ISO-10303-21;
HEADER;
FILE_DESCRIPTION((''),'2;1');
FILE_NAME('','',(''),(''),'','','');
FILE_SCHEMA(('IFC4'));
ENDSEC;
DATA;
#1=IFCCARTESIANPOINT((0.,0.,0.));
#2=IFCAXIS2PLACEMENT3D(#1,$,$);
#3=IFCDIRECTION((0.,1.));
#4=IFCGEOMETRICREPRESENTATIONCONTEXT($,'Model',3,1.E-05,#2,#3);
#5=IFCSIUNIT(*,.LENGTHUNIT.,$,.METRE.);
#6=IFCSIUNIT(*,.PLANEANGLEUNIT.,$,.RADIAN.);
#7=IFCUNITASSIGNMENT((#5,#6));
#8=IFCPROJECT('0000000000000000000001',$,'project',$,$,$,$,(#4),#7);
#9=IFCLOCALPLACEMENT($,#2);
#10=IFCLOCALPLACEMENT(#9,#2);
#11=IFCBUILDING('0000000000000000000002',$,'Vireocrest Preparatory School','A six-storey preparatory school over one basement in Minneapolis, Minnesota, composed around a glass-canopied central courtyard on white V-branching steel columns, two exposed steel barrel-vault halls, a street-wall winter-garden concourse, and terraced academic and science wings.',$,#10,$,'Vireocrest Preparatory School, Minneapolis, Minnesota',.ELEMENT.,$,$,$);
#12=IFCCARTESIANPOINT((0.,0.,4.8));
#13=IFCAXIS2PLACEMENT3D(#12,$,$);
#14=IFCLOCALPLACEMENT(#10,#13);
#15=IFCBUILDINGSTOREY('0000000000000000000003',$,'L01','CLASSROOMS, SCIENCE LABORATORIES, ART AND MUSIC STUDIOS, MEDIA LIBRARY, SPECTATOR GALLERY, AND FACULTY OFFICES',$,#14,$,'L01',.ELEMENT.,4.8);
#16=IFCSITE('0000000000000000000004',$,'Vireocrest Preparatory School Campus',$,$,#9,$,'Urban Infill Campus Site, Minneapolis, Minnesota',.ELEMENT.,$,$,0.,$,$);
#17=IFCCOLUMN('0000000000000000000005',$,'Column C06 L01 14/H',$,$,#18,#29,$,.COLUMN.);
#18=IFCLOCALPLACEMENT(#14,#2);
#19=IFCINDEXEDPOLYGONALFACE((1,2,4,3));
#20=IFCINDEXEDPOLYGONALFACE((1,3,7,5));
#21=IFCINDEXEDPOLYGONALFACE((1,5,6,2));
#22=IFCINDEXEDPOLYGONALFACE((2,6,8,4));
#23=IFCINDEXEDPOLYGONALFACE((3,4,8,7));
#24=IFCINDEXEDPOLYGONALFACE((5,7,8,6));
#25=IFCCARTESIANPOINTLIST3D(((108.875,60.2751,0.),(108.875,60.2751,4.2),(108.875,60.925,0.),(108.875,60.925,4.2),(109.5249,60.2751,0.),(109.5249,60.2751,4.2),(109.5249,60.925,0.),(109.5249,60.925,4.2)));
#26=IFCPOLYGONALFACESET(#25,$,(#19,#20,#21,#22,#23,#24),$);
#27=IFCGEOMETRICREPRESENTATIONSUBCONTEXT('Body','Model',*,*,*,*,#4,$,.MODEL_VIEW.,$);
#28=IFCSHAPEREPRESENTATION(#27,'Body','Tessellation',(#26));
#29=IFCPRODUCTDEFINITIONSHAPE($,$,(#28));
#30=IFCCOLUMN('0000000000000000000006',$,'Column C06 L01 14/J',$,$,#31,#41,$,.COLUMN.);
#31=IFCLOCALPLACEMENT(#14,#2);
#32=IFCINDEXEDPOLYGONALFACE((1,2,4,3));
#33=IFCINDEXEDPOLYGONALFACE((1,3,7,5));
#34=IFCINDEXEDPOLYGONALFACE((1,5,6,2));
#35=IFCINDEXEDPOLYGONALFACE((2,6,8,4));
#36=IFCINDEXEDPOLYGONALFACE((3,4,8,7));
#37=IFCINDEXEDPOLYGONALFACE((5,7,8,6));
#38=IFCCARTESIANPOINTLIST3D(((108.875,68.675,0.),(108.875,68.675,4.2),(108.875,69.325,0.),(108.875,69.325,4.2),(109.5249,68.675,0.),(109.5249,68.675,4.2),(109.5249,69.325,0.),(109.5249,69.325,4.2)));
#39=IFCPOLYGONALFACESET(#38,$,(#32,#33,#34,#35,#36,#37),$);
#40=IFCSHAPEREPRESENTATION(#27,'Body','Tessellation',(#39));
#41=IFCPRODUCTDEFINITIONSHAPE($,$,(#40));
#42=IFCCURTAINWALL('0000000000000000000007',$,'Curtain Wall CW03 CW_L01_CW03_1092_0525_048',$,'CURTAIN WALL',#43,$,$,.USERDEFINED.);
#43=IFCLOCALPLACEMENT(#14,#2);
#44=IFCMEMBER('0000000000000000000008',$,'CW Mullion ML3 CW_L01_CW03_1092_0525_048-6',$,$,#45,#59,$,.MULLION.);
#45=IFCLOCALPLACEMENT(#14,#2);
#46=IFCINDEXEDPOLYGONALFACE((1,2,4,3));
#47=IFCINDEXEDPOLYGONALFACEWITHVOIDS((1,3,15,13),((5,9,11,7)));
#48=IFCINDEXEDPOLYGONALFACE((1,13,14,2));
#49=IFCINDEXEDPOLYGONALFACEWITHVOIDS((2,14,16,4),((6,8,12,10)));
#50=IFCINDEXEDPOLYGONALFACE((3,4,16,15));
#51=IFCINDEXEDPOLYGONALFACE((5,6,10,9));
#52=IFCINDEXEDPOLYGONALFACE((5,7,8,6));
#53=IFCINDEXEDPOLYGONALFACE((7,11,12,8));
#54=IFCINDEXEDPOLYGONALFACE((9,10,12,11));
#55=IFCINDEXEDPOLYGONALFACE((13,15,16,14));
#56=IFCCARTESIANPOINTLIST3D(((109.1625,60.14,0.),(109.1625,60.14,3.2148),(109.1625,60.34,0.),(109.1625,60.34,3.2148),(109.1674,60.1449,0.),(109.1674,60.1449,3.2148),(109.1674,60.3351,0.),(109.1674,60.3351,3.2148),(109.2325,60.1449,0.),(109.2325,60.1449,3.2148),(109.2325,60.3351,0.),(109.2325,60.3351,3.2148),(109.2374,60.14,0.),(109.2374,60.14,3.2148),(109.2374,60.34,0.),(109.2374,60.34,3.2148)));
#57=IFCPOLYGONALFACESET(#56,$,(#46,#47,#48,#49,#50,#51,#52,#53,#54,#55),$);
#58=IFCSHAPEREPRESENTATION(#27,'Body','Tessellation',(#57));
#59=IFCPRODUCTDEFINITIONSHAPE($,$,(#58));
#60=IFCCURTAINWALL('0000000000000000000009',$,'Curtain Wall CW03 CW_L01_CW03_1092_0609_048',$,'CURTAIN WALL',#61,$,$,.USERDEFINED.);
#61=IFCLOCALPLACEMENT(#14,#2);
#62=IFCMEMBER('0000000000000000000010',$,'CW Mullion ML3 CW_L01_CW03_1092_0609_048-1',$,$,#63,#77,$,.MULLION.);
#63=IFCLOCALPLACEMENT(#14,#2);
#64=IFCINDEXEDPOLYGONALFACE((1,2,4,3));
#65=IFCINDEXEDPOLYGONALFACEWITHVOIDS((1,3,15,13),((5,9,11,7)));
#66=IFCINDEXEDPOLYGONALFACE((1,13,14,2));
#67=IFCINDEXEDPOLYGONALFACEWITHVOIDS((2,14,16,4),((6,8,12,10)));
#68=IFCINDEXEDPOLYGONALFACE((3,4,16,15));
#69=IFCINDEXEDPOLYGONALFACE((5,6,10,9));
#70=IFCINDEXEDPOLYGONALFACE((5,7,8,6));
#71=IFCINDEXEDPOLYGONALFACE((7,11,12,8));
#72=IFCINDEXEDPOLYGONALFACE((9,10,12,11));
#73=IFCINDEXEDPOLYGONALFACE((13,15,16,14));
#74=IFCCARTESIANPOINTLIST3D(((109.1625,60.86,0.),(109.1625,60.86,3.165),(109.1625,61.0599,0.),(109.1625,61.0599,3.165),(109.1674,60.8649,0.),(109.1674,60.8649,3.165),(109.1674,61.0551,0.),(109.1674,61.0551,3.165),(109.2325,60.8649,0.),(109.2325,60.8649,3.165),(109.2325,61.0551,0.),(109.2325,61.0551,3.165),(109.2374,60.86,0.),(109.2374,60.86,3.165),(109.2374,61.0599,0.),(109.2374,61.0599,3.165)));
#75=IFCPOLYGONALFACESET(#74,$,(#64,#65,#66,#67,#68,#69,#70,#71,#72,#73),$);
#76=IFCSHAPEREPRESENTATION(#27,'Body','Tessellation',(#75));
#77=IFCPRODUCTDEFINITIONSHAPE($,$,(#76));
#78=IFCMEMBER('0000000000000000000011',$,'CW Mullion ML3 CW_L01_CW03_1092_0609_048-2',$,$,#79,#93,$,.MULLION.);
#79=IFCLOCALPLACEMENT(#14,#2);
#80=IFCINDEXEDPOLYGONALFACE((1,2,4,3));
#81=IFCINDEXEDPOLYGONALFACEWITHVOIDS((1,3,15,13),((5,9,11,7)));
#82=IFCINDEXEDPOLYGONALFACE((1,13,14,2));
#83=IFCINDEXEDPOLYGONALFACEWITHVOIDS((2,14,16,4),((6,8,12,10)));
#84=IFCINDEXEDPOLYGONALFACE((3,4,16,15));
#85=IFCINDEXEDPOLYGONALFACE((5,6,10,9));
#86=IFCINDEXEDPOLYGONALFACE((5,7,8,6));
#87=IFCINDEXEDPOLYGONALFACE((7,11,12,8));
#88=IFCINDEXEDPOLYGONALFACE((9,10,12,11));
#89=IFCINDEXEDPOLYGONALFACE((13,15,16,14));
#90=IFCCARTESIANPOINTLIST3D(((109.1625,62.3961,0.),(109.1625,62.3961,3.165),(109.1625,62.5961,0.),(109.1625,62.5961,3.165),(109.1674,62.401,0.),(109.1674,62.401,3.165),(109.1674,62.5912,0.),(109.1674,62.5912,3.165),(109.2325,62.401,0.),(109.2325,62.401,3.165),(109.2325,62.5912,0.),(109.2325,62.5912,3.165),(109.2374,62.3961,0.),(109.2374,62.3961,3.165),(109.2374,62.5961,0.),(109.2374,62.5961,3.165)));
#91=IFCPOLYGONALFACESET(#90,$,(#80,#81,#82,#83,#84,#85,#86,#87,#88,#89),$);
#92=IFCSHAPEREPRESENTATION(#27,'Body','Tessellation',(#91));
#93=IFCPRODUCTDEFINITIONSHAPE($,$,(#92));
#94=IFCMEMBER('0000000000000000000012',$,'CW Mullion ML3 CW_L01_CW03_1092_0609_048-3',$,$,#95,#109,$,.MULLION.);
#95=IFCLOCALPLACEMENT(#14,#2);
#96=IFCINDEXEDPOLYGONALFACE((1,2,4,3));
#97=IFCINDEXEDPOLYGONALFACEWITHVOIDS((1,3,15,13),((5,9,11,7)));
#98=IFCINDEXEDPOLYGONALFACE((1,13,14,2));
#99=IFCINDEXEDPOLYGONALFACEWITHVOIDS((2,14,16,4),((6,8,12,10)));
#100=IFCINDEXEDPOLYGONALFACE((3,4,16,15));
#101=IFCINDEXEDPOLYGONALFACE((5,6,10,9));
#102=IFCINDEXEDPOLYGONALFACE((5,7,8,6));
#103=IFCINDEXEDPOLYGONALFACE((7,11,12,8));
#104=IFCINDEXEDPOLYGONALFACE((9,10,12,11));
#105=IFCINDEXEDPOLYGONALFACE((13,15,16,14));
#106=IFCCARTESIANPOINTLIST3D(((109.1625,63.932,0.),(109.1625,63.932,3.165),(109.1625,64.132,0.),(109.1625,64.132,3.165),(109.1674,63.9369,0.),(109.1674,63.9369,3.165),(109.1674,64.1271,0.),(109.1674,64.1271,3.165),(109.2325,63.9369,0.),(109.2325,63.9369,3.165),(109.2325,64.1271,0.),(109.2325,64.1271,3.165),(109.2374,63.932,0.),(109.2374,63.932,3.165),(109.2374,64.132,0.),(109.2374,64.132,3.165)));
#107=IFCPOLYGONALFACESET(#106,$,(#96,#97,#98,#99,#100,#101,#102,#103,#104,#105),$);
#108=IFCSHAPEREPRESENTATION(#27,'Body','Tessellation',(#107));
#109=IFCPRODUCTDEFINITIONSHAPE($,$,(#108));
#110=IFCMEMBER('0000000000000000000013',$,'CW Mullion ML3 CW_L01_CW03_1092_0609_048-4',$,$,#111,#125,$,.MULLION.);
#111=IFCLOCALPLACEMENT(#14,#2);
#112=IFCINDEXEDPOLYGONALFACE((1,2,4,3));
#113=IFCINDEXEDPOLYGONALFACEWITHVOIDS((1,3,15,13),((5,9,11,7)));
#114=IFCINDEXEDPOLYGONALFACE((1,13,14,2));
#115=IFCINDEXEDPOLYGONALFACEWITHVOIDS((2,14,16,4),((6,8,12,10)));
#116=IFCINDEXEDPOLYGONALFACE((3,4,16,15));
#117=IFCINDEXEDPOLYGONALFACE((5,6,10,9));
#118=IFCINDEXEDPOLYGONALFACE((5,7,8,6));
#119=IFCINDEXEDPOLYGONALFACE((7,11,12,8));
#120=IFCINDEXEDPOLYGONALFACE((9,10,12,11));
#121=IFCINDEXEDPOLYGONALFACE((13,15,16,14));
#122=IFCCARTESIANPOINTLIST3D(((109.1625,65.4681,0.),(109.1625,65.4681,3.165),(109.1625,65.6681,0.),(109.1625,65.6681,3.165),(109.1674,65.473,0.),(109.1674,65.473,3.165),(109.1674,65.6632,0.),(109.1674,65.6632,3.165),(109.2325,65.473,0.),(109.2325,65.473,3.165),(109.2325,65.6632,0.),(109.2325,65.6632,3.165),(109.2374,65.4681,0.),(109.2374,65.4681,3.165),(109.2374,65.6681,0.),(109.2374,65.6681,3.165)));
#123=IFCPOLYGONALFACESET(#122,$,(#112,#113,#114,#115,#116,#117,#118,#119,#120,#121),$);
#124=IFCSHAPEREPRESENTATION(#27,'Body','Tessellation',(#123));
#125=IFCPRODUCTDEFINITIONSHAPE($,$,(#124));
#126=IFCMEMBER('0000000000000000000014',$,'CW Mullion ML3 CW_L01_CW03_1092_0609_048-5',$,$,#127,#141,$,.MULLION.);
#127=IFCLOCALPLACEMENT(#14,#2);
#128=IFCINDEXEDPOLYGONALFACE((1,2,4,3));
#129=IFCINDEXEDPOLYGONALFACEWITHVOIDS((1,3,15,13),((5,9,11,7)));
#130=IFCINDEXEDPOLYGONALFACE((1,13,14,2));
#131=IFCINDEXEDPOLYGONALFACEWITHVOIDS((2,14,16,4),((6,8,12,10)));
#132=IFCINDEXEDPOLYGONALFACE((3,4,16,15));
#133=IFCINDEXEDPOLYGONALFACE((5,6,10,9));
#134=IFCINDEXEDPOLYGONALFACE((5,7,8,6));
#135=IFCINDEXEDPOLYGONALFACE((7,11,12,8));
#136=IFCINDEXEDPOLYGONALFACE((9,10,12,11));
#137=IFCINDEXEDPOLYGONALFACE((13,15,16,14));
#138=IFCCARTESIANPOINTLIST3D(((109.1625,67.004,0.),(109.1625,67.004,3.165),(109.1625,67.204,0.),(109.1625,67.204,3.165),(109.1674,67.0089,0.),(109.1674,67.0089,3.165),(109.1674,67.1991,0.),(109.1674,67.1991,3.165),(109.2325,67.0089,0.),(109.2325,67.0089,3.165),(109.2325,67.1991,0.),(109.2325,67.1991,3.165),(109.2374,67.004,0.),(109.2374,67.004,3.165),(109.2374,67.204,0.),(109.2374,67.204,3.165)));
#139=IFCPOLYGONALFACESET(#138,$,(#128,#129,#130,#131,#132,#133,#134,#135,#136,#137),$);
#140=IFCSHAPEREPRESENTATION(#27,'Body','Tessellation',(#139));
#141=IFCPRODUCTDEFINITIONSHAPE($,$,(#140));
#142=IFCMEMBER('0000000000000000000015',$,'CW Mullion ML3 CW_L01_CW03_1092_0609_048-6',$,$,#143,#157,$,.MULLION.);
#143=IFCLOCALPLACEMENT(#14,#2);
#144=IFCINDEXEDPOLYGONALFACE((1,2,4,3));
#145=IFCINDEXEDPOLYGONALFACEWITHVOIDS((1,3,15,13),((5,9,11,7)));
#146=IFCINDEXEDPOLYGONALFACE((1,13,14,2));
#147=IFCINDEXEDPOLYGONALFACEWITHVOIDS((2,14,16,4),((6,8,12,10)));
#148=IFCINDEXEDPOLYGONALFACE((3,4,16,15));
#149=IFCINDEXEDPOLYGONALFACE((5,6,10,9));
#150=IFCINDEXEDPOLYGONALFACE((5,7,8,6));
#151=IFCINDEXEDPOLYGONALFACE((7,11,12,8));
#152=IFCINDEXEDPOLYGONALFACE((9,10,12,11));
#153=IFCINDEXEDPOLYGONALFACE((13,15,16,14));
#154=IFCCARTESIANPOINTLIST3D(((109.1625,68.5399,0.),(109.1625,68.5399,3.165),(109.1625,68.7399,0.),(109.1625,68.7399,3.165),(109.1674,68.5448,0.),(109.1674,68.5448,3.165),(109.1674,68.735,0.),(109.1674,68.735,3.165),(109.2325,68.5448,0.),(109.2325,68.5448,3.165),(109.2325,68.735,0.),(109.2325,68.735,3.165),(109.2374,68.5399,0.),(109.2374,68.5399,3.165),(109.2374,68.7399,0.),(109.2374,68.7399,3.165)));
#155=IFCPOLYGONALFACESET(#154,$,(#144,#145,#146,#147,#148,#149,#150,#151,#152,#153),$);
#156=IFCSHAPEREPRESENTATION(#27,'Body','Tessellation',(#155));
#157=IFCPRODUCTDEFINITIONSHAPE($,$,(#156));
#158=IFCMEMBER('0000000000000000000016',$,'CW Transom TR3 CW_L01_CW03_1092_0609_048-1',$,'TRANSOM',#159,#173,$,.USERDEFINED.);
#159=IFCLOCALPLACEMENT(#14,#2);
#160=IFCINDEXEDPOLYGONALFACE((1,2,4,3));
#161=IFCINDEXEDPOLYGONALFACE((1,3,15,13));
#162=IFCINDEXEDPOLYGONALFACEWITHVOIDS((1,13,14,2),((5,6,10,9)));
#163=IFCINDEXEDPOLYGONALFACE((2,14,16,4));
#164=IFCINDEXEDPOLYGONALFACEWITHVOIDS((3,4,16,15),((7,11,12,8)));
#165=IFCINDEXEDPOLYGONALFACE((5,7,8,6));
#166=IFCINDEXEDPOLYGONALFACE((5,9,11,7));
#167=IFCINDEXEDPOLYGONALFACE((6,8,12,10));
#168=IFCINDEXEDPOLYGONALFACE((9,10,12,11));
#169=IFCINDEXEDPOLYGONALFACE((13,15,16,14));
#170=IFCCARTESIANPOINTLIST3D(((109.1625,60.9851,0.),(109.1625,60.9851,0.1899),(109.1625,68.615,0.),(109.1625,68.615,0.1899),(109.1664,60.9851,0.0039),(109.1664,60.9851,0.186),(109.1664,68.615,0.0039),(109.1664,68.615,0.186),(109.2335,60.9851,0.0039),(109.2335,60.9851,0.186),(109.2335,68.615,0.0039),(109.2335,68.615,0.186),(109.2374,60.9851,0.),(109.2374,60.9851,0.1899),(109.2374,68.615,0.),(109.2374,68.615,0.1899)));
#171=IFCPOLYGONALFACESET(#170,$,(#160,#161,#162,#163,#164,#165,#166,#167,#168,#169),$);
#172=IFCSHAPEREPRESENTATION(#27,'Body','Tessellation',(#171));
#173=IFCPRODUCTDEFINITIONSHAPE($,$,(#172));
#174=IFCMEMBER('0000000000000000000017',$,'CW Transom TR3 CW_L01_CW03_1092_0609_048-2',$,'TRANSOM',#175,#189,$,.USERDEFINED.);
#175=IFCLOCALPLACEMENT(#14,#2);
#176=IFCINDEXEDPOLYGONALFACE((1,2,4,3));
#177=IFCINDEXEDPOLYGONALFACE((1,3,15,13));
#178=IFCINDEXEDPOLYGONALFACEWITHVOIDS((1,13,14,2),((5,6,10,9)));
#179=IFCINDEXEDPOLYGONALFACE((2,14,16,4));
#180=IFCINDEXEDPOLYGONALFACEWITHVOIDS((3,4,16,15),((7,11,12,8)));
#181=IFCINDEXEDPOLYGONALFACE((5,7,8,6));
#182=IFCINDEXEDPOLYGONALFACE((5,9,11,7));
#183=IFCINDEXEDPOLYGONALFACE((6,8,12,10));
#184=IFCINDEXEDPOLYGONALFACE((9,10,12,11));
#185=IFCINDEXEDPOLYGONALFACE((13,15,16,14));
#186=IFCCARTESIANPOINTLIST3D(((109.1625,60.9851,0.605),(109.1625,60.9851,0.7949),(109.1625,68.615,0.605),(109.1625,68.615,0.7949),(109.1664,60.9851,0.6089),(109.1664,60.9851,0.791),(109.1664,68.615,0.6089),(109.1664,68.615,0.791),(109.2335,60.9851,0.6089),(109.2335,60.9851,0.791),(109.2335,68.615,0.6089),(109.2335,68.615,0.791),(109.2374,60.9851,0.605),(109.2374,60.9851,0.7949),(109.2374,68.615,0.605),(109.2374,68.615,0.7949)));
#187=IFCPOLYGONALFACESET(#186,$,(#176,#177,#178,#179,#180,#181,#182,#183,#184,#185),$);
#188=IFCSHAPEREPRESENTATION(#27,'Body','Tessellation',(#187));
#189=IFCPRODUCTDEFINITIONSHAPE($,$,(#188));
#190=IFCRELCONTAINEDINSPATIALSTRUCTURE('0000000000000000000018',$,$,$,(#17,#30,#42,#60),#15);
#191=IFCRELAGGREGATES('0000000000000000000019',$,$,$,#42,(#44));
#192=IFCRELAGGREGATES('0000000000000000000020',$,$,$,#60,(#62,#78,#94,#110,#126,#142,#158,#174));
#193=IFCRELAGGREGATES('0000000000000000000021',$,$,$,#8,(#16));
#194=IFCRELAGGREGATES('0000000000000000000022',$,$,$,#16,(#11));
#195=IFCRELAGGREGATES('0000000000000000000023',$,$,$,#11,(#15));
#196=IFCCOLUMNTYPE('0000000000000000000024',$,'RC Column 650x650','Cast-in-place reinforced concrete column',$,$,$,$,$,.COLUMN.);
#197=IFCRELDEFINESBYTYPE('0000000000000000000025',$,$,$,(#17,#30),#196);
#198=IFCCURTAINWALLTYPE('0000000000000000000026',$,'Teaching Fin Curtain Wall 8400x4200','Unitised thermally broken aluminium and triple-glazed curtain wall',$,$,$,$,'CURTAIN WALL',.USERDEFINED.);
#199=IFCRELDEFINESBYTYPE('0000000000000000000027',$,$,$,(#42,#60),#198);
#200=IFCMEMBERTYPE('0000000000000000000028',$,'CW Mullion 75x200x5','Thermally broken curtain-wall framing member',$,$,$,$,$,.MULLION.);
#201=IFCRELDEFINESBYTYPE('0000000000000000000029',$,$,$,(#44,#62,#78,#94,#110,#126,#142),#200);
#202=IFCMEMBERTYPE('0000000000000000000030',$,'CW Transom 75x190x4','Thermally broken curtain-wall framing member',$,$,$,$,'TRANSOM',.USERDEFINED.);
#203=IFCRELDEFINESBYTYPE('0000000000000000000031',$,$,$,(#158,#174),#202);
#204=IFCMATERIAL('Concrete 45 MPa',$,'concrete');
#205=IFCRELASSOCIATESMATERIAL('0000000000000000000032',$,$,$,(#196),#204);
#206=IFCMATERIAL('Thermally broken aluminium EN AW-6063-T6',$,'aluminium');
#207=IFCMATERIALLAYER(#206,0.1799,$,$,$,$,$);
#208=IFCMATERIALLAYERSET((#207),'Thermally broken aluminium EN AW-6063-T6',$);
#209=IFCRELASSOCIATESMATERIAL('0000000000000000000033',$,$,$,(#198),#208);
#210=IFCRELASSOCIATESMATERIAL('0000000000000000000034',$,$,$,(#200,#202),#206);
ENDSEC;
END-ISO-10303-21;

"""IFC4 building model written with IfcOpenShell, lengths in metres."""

from ifc_helpers import new_model, si_unit, direction, frame, origin, origin_2d, place, context, subcontext, project, spatial, rectangle, hollow_rectangle, extrude, material, layer, layer_set, material_profile, profile_set, type_object, element, aggregate, save


model = new_model("IFC4")

# Units and contexts
model_context = context("Model", 3, precision=1e-05, world=origin(), true_north=direction((0.0, 1.0)))
body_context = subcontext(model_context, "Body", "Model", "MODEL_VIEW")
ifc_project = project(units=[si_unit("LENGTHUNIT", "METRE"), si_unit("PLANEANGLEUNIT", "RADIAN")], contexts=[model_context])

# Site, building, storey
site_placement = place(None, origin())
site = spatial("IfcSite", under=ifc_project, at=site_placement, Name="Vireocrest Preparatory School Campus", LongName="Urban Infill Campus Site, Minneapolis, Minnesota", CompositionType="ELEMENT", RefElevation=0.0)
building_placement = place(site_placement, origin())
building = spatial("IfcBuilding", under=site, at=building_placement, Name="Vireocrest Preparatory School", Description="A six-storey preparatory school over one basement in Minneapolis, Minnesota, composed around a glass-canopied central courtyard on white V-branching steel columns, two exposed steel barrel-vault halls, a street-wall winter-garden concourse, and terraced academic and science wings.", LongName="Vireocrest Preparatory School, Minneapolis, Minnesota", CompositionType="ELEMENT")
storey_placement = place(building_placement, frame((0.0, 0.0, 4.8)))
storey = spatial("IfcBuildingStorey", under=building, at=storey_placement, Name="L01", Description="CLASSROOMS, SCIENCE LABORATORIES, ART AND MUSIC STUDIOS, MEDIA LIBRARY, SPECTATOR GALLERY, AND FACULTY OFFICES", LongName="L01", CompositionType="ELEMENT", Elevation=4.8)

# Columns
ifc_material_1 = material(Name="Concrete 45 MPa", Category="concrete")
ifc_material_profile_1 = material_profile(ifc_material_1, rectangle(XDim=0.6499, YDim=0.6499, at=origin_2d()), Name="RC 650x650")
ifc_profile_set_1 = profile_set([ifc_material_profile_1], Name="Concrete 45 MPa")
column_type = type_object("IfcColumnType", Name="RC Column 650x650", Description="Cast-in-place reinforced concrete column", PredefinedType="COLUMN", material=ifc_profile_set_1)
for number, where, z_axis, x_axis, name in (
    (1, (109.2, 60.6001, 0.0), (0.0, 0.0, 1.0), (1.0, 0.0, 0.0), "Column C06 L01 14/H"),
    (2, (109.2, 69.0, 0.0), (0.0, 0.0, 1.0), (1.0, 0.0, 0.0), "Column C06 L01 14/J"),
):
    element("IfcColumn", number, at=place(storey_placement, frame(where, z_axis=z_axis, x_axis=x_axis)), inside=storey, type_object=column_type, Name=name, PredefinedType="COLUMN", context=body_context, shape_type="SweptSolid", body=[
        extrude(rectangle(XDim=0.6499, YDim=0.6499, at=origin_2d()), origin(), (0.0, 0.0, 1.0), 4.2),
    ])

# Curtain wall, member
ifc_material_2 = material(Name="Thermally broken aluminium EN AW-6063-T6", Category="aluminium")
ifc_layer_1 = layer(ifc_material_2, 0.1799)
ifc_layer_set_1 = layer_set([ifc_layer_1], Name="Thermally broken aluminium EN AW-6063-T6")
curtain_wall_type = type_object("IfcCurtainWallType", Name="Teaching Fin Curtain Wall 8400x4200", Description="Unitised thermally broken aluminium and triple-glazed curtain wall", ElementType="CURTAIN WALL", PredefinedType="USERDEFINED", material=ifc_layer_set_1)
curtain_wall_1_placement = place(storey_placement, origin())
curtain_wall_1 = element("IfcCurtainWall", 3, at=curtain_wall_1_placement, inside=storey, type_object=curtain_wall_type, Name="Curtain Wall CW03 CW_L01_CW03_1092_0525_048", ObjectType="CURTAIN WALL", PredefinedType="USERDEFINED")
ifc_material_profile_2 = material_profile(ifc_material_2, hollow_rectangle(XDim=0.075, YDim=0.2, WallThickness=0.0049, at=origin_2d()), Name="ALU 75x200x5")
ifc_profile_set_2 = profile_set([ifc_material_profile_2], Name="Thermally broken aluminium EN AW-6063-T6")
member_type_1 = type_object("IfcMemberType", Name="CW Mullion 75x200x5", Description="Thermally broken curtain-wall framing member", PredefinedType="MULLION", material=ifc_profile_set_2)
member_1_placement = place(storey_placement, frame((109.2, 60.24, 0.0), z_axis=(0.0, 0.0, 1.0), x_axis=(1.0, 0.0, 0.0)))
member_1 = element("IfcMember", 4, at=member_1_placement, type_object=member_type_1, Name="CW Mullion ML3 CW_L01_CW03_1092_0525_048-6", PredefinedType="MULLION", context=body_context, shape_type="SweptSolid", body=[
    extrude(hollow_rectangle(XDim=0.075, YDim=0.2, WallThickness=0.0049, at=origin_2d()), origin(), (0.0, 0.0, 1.0), 3.2148),
])
aggregate(curtain_wall_1, [member_1])

# Curtain wall, members
curtain_wall_2_placement = place(storey_placement, origin())
curtain_wall_2 = element("IfcCurtainWall", 5, at=curtain_wall_2_placement, inside=storey, type_object=curtain_wall_type, Name="Curtain Wall CW03 CW_L01_CW03_1092_0609_048", ObjectType="CURTAIN WALL", PredefinedType="USERDEFINED")
member_2_placement = place(storey_placement, frame((109.2, 60.96, 0.0), z_axis=(0.0, 0.0, 1.0), x_axis=(1.0, 0.0, 0.0)))
member_2 = element("IfcMember", 6, at=member_2_placement, type_object=member_type_1, Name="CW Mullion ML3 CW_L01_CW03_1092_0609_048-1", PredefinedType="MULLION", context=body_context, shape_type="SweptSolid", body=[
    extrude(hollow_rectangle(XDim=0.075, YDim=0.2, WallThickness=0.0049, at=origin_2d()), origin(), (0.0, 0.0, 1.0), 3.165),
])
member_3_placement = place(storey_placement, frame((109.2, 62.4961, 0.0), z_axis=(0.0, 0.0, 1.0), x_axis=(1.0, 0.0, 0.0)))
member_3 = element("IfcMember", 7, at=member_3_placement, type_object=member_type_1, Name="CW Mullion ML3 CW_L01_CW03_1092_0609_048-2", PredefinedType="MULLION", context=body_context, shape_type="SweptSolid", body=[
    extrude(hollow_rectangle(XDim=0.075, YDim=0.2, WallThickness=0.0049, at=origin_2d()), origin(), (0.0, 0.0, 1.0), 3.165),
])
member_4_placement = place(storey_placement, frame((109.2, 64.032, 0.0), z_axis=(0.0, 0.0, 1.0), x_axis=(1.0, 0.0, 0.0)))
member_4 = element("IfcMember", 8, at=member_4_placement, type_object=member_type_1, Name="CW Mullion ML3 CW_L01_CW03_1092_0609_048-3", PredefinedType="MULLION", context=body_context, shape_type="SweptSolid", body=[
    extrude(hollow_rectangle(XDim=0.075, YDim=0.2, WallThickness=0.0049, at=origin_2d()), origin(), (0.0, 0.0, 1.0), 3.165),
])
member_5_placement = place(storey_placement, frame((109.2, 65.5681, 0.0), z_axis=(0.0, 0.0, 1.0), x_axis=(1.0, 0.0, 0.0)))
member_5 = element("IfcMember", 9, at=member_5_placement, type_object=member_type_1, Name="CW Mullion ML3 CW_L01_CW03_1092_0609_048-4", PredefinedType="MULLION", context=body_context, shape_type="SweptSolid", body=[
    extrude(hollow_rectangle(XDim=0.075, YDim=0.2, WallThickness=0.0049, at=origin_2d()), origin(), (0.0, 0.0, 1.0), 3.165),
])
member_6_placement = place(storey_placement, frame((109.2, 67.104, 0.0), z_axis=(0.0, 0.0, 1.0), x_axis=(1.0, 0.0, 0.0)))
member_6 = element("IfcMember", 10, at=member_6_placement, type_object=member_type_1, Name="CW Mullion ML3 CW_L01_CW03_1092_0609_048-5", PredefinedType="MULLION", context=body_context, shape_type="SweptSolid", body=[
    extrude(hollow_rectangle(XDim=0.075, YDim=0.2, WallThickness=0.0049, at=origin_2d()), origin(), (0.0, 0.0, 1.0), 3.165),
])
member_7_placement = place(storey_placement, frame((109.2, 68.6399, 0.0), z_axis=(0.0, 0.0, 1.0), x_axis=(1.0, 0.0, 0.0)))
member_7 = element("IfcMember", 11, at=member_7_placement, type_object=member_type_1, Name="CW Mullion ML3 CW_L01_CW03_1092_0609_048-6", PredefinedType="MULLION", context=body_context, shape_type="SweptSolid", body=[
    extrude(hollow_rectangle(XDim=0.075, YDim=0.2, WallThickness=0.0049, at=origin_2d()), origin(), (0.0, 0.0, 1.0), 3.165),
])
ifc_material_profile_3 = material_profile(ifc_material_2, hollow_rectangle(XDim=0.075, YDim=0.1899, WallThickness=0.0039, at=origin_2d()), Name="ALU 75x190x4")
ifc_profile_set_3 = profile_set([ifc_material_profile_3], Name="Thermally broken aluminium EN AW-6063-T6")
member_type_2 = type_object("IfcMemberType", Name="CW Transom 75x190x4", Description="Thermally broken curtain-wall framing member", ElementType="TRANSOM", PredefinedType="USERDEFINED", material=ifc_profile_set_3)
member_8_placement = place(storey_placement, frame((109.2, 60.9851, 0.095), z_axis=(0.0, 1.0, 0.0), x_axis=(-1.0, 0.0, 0.0)))
member_8 = element("IfcMember", 12, at=member_8_placement, type_object=member_type_2, Name="CW Transom TR3 CW_L01_CW03_1092_0609_048-1", ObjectType="TRANSOM", PredefinedType="USERDEFINED", context=body_context, shape_type="SweptSolid", body=[
    extrude(hollow_rectangle(XDim=0.075, YDim=0.1899, WallThickness=0.0039, at=origin_2d()), origin(), (0.0, 0.0, 1.0), 7.6299),
])
member_9_placement = place(storey_placement, frame((109.2, 60.9851, 0.7), z_axis=(0.0, 1.0, 0.0), x_axis=(-1.0, 0.0, 0.0)))
member_9 = element("IfcMember", 13, at=member_9_placement, type_object=member_type_2, Name="CW Transom TR3 CW_L01_CW03_1092_0609_048-2", ObjectType="TRANSOM", PredefinedType="USERDEFINED", context=body_context, shape_type="SweptSolid", body=[
    extrude(hollow_rectangle(XDim=0.075, YDim=0.1899, WallThickness=0.0039, at=origin_2d()), origin(), (0.0, 0.0, 1.0), 7.6299),
])

aggregate(curtain_wall_2, [member_2, member_3, member_4, member_5, member_6, member_7, member_8, member_9])

save(model, "model.ifc")
